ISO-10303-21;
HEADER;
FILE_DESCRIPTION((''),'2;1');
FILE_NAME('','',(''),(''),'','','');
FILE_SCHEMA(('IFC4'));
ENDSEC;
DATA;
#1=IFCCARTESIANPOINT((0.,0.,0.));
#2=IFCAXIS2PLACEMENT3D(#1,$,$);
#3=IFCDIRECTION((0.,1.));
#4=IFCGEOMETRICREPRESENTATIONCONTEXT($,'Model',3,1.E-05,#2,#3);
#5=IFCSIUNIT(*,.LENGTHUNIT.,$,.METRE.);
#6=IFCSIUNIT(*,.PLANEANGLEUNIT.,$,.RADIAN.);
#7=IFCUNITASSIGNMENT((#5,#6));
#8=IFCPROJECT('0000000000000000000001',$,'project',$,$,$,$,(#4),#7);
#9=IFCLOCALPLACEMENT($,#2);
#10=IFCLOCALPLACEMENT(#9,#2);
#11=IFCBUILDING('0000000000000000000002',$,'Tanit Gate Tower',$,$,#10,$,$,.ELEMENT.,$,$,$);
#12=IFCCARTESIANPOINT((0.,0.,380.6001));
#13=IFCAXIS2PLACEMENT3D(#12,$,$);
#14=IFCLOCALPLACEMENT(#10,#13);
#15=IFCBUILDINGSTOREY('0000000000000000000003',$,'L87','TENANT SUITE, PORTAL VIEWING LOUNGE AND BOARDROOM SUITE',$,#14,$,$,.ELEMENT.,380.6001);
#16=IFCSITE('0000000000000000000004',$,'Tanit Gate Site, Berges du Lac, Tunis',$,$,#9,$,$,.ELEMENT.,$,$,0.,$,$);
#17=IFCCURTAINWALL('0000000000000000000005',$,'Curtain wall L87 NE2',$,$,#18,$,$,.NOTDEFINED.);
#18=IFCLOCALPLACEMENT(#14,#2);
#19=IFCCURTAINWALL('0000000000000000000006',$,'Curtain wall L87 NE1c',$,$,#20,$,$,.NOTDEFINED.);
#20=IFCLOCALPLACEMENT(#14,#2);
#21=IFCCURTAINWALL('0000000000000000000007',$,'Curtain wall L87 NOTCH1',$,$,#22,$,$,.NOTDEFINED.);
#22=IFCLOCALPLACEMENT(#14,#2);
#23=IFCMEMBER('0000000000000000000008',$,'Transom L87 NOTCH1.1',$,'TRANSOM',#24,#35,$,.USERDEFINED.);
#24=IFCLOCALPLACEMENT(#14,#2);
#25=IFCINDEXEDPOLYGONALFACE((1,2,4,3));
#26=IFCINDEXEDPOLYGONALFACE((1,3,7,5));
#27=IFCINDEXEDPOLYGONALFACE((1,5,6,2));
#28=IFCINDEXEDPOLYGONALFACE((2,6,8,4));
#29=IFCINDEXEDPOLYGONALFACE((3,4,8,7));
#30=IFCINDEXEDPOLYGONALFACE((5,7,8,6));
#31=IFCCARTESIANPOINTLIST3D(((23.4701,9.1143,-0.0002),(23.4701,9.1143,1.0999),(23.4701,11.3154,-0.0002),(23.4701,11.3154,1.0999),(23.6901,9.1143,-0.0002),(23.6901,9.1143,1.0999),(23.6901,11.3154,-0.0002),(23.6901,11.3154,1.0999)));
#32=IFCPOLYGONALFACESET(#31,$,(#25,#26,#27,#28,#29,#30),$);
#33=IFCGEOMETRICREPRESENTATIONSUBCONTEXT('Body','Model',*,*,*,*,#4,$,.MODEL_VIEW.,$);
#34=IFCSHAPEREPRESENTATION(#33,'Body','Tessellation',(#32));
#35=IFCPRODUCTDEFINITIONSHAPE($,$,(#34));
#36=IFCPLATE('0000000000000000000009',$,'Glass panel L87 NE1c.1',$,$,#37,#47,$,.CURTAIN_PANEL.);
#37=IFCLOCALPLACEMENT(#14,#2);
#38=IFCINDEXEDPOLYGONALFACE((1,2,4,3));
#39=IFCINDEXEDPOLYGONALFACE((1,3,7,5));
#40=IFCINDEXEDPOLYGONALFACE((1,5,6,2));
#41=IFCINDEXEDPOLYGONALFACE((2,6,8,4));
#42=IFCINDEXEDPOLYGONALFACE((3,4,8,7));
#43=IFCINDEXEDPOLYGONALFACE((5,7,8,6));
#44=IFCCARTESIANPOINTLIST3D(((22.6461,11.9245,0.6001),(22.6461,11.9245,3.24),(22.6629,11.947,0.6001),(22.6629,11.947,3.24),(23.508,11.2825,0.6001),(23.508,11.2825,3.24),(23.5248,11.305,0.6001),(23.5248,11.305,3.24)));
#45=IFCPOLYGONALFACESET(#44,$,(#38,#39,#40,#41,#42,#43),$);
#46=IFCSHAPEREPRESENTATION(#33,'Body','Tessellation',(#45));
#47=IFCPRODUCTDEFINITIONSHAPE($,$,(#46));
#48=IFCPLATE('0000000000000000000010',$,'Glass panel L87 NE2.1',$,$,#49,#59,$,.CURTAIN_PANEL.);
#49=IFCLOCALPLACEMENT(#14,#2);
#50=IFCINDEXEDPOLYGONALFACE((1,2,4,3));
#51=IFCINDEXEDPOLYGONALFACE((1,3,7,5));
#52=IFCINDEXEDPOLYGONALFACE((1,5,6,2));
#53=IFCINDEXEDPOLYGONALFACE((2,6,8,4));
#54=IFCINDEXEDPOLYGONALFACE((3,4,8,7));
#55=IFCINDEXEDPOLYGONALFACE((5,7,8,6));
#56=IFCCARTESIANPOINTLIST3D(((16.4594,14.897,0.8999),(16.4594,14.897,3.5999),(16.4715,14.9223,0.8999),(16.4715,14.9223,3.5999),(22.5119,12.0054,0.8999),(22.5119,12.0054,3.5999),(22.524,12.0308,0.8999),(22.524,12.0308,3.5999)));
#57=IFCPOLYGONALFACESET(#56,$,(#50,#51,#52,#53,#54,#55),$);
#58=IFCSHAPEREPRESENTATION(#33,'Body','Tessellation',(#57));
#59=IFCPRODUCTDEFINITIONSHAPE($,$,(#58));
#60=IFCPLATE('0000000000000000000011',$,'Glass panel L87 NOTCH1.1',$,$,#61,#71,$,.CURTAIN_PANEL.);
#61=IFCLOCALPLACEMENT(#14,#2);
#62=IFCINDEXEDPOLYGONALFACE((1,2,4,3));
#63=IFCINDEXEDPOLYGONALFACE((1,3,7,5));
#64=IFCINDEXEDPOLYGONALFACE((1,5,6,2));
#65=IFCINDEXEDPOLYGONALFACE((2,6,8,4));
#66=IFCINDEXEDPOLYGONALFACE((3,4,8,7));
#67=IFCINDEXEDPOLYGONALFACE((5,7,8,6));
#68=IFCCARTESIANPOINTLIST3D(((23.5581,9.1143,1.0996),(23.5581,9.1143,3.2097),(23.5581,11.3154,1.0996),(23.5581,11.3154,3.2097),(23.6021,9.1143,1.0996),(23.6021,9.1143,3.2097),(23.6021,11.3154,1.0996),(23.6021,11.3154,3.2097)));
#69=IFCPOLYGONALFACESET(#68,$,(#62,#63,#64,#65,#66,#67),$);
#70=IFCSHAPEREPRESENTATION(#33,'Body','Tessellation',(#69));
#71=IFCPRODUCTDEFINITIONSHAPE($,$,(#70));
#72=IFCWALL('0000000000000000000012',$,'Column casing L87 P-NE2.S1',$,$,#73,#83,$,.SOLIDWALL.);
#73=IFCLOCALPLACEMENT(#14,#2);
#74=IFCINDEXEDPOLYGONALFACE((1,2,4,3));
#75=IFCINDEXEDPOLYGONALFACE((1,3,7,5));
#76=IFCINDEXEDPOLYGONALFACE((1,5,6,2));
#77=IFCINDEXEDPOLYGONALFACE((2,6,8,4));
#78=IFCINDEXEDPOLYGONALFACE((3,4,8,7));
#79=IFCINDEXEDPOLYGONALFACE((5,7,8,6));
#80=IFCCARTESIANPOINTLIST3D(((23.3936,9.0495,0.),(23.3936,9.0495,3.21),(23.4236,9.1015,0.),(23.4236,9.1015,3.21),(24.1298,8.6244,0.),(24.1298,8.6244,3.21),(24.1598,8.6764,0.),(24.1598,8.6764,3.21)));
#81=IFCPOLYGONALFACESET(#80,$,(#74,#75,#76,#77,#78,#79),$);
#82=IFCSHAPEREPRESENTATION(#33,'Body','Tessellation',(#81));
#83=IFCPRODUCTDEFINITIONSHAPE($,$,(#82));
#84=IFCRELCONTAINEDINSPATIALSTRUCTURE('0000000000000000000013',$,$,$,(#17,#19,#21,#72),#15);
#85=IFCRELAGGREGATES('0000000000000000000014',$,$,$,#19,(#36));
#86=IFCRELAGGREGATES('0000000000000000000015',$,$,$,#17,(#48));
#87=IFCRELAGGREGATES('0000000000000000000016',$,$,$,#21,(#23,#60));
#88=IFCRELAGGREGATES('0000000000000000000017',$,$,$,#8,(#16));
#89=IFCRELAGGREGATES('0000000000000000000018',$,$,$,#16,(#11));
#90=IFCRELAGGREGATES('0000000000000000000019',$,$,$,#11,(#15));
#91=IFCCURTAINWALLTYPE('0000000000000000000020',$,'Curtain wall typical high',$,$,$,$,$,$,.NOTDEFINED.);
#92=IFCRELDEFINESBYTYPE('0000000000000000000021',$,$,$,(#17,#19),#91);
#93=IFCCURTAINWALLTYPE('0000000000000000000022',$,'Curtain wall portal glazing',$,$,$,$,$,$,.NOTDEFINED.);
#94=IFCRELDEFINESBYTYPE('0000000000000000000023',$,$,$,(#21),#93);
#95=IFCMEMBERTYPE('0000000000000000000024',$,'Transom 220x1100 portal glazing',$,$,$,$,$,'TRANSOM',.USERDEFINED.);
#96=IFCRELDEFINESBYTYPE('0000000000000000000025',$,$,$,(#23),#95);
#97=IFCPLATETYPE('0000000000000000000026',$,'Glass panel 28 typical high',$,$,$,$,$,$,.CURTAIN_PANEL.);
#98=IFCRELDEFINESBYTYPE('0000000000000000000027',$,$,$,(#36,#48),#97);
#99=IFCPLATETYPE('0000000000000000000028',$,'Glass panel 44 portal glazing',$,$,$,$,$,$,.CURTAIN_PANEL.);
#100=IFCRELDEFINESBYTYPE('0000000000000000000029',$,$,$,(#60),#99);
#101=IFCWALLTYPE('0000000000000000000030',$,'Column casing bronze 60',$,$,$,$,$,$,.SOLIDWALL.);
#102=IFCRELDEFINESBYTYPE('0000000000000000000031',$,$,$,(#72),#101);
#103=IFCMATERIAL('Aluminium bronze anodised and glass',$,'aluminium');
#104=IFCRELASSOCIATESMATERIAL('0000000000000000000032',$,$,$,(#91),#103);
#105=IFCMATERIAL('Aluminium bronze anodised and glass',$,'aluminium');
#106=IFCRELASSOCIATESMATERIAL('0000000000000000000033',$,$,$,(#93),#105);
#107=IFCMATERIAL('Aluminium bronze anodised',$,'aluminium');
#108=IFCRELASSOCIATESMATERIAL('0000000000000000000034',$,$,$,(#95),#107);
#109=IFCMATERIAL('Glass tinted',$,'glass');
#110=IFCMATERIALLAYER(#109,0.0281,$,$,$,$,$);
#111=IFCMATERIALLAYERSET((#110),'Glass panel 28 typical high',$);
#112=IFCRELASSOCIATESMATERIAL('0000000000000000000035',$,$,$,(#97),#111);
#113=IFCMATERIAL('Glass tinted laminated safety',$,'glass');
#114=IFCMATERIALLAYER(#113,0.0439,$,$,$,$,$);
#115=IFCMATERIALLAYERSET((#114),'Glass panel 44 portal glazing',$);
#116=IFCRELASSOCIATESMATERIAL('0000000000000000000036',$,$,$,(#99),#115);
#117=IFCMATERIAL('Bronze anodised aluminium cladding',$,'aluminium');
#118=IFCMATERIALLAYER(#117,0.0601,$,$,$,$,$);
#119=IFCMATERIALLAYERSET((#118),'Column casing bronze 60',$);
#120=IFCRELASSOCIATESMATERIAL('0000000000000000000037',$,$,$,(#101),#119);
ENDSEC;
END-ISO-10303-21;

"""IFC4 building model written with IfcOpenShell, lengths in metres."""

from ifc_helpers import new_model, si_unit, direction, frame, frame_2d, origin, origin_2d, place, context, subcontext, project, spatial, rectangle, extrude, material, layer, layer_set, material_profile, profile_set, type_object, element, aggregate, save


model = new_model("IFC4")

# Units and contexts
model_context = context("Model", 3, precision=1e-05, world=origin(), true_north=direction((0.0, 1.0)))
body_context = subcontext(model_context, "Body", "Model", "MODEL_VIEW")
ifc_project = project(units=[si_unit("LENGTHUNIT", "METRE"), si_unit("PLANEANGLEUNIT", "RADIAN")], contexts=[model_context])

# Site, building, storey
site_placement = place(None, origin())
site = spatial("IfcSite", under=ifc_project, at=site_placement, Name="Tanit Gate Site, Berges du Lac, Tunis", CompositionType="ELEMENT", RefElevation=0.0)
building_placement = place(site_placement, origin())
building = spatial("IfcBuilding", under=site, at=building_placement, Name="Tanit Gate Tower", CompositionType="ELEMENT")
storey_placement = place(building_placement, frame((0.0, 0.0, 380.6001)))
storey = spatial("IfcBuildingStorey", under=building, at=storey_placement, Name="L87", Description="TENANT SUITE, PORTAL VIEWING LOUNGE AND BOARDROOM SUITE", CompositionType="ELEMENT", Elevation=380.6001)

# Curtain walls
ifc_material_1 = material(Name="Aluminium bronze anodised and glass", Category="aluminium")
curtain_wall_type_1 = type_object("IfcCurtainWallType", Name="Curtain wall typical high", PredefinedType="NOTDEFINED", material=ifc_material_1)
curtain_wall_1_placement = place(storey_placement, origin())
curtain_wall_1 = element("IfcCurtainWall", 1, at=curtain_wall_1_placement, inside=storey, type_object=curtain_wall_type_1, Name="Curtain wall L87 NE2", PredefinedType="NOTDEFINED")
curtain_wall_2_placement = place(storey_placement, origin())
curtain_wall_2 = element("IfcCurtainWall", 2, at=curtain_wall_2_placement, inside=storey, type_object=curtain_wall_type_1, Name="Curtain wall L87 NE1c", PredefinedType="NOTDEFINED")
ifc_material_2 = material(Name="Aluminium bronze anodised and glass", Category="aluminium")
curtain_wall_type_2 = type_object("IfcCurtainWallType", Name="Curtain wall portal glazing", PredefinedType="NOTDEFINED", material=ifc_material_2)
curtain_wall_3_placement = place(storey_placement, origin())
curtain_wall_3 = element("IfcCurtainWall", 3, at=curtain_wall_3_placement, inside=storey, type_object=curtain_wall_type_2, Name="Curtain wall L87 NOTCH1", PredefinedType="NOTDEFINED")

# Member
ifc_material_3 = material(Name="Aluminium bronze anodised", Category="aluminium")
ifc_material_profile_1 = material_profile(ifc_material_3, rectangle(XDim=0.22, YDim=1.1001, at=origin_2d()), Name="220x1100 bronze transom")
ifc_profile_set_1 = profile_set([ifc_material_profile_1], Name="Aluminium bronze anodised")
member_type_1 = type_object("IfcMemberType", Name="Transom 220x1100 portal glazing", ElementType="TRANSOM", PredefinedType="USERDEFINED", material=ifc_profile_set_1)
member_1_placement = place(storey_placement, frame((23.5801, 11.3154, 0.5498), z_axis=(0.0, -1.0, 0.0), x_axis=(1.0, 0.0, 0.0)))
member_1 = element("IfcMember", 4, at=member_1_placement, type_object=member_type_1, Name="Transom L87 NOTCH1.1", ObjectType="TRANSOM", PredefinedType="USERDEFINED", context=body_context, shape_type="SweptSolid", body=[
    extrude(rectangle(XDim=0.22, YDim=1.1001, at=origin_2d()), origin(), (0.0, 0.0, 1.0), 2.2012),
])

# Plates
ifc_material_4 = material(Name="Glass tinted", Category="glass")
ifc_layer_1 = layer(ifc_material_4, 0.0281)
ifc_layer_set_1 = layer_set([ifc_layer_1], Name="Glass panel 28 typical high")
plate_type_1 = type_object("IfcPlateType", Name="Glass panel 28 typical high", PredefinedType="CURTAIN_PANEL", material=ifc_layer_set_1)
plate_1_placement = place(storey_placement, frame((23.0854, 11.6147, 0.6001), z_axis=(0.0, 0.0, 1.0), x_axis=(-0.801988, 0.597341, 0.0)))
plate_1 = element("IfcPlate", 5, at=plate_1_placement, type_object=plate_type_1, Name="Glass panel L87 NE1c.1", PredefinedType="CURTAIN_PANEL", context=body_context, shape_type="SweptSolid", body=[
    extrude(rectangle(XDim=1.0747, YDim=0.0281, at=origin_2d()), origin(), (0.0, 0.0, 1.0), 2.6399),
])
aggregate(curtain_wall_2, [plate_1])
plate_2_placement = place(storey_placement, frame((19.4917, 13.4639, 0.8999), z_axis=(0.0, 0.0, 1.0), x_axis=(-0.902317, 0.431073, 0.0)))
plate_2 = element("IfcPlate", 6, at=plate_2_placement, type_object=plate_type_1, Name="Glass panel L87 NE2.1", PredefinedType="CURTAIN_PANEL", context=body_context, shape_type="SweptSolid", body=[
    extrude(rectangle(XDim=6.7078, YDim=0.0281, at=origin_2d()), origin(), (0.0, 0.0, 1.0), 2.7),
])
aggregate(curtain_wall_1, [plate_2])
ifc_material_5 = material(Name="Glass tinted laminated safety", Category="glass")
ifc_layer_2 = layer(ifc_material_5, 0.0439)
ifc_layer_set_2 = layer_set([ifc_layer_2], Name="Glass panel 44 portal glazing")
plate_type_2 = type_object("IfcPlateType", Name="Glass panel 44 portal glazing", PredefinedType="CURTAIN_PANEL", material=ifc_layer_set_2)
plate_3_placement = place(storey_placement, frame((23.5801, 10.2148, 1.0996), z_axis=(0.0, 0.0, 1.0), x_axis=(0.0, -1.0, 0.0)))
plate_3 = element("IfcPlate", 7, at=plate_3_placement, type_object=plate_type_2, Name="Glass panel L87 NOTCH1.1", PredefinedType="CURTAIN_PANEL", context=body_context, shape_type="SweptSolid", body=[
    extrude(rectangle(XDim=2.2012, YDim=0.0439, at=origin_2d()), origin(), (0.0, 0.0, 1.0), 2.1101),
])
aggregate(curtain_wall_3, [member_1, plate_3])

# Wall
ifc_material_6 = material(Name="Bronze anodised aluminium cladding", Category="aluminium")
ifc_layer_3 = layer(ifc_material_6, 0.0601)
ifc_layer_set_3 = layer_set([ifc_layer_3], Name="Column casing bronze 60")
wall_type = type_object("IfcWallType", Name="Column casing bronze 60", PredefinedType="SOLIDWALL", material=ifc_layer_set_3)
wall_placement = place(storey_placement, frame((24.1448, 8.6504, 0.0), z_axis=(0.0, 0.0, 1.0), x_axis=(-0.865989, 0.500062, 0.0)))
element("IfcWall", 8, at=wall_placement, inside=storey, type_object=wall_type, Name="Column casing L87 P-NE2.S1", PredefinedType="SOLIDWALL", context=body_context, shape_type="SweptSolid", body=[
    extrude(rectangle(XDim=0.8501, YDim=0.0601, at=frame_2d((0.425, 0.0))), origin(), (0.0, 0.0, 1.0), 3.21),
])

save(model, "model.ifc")
